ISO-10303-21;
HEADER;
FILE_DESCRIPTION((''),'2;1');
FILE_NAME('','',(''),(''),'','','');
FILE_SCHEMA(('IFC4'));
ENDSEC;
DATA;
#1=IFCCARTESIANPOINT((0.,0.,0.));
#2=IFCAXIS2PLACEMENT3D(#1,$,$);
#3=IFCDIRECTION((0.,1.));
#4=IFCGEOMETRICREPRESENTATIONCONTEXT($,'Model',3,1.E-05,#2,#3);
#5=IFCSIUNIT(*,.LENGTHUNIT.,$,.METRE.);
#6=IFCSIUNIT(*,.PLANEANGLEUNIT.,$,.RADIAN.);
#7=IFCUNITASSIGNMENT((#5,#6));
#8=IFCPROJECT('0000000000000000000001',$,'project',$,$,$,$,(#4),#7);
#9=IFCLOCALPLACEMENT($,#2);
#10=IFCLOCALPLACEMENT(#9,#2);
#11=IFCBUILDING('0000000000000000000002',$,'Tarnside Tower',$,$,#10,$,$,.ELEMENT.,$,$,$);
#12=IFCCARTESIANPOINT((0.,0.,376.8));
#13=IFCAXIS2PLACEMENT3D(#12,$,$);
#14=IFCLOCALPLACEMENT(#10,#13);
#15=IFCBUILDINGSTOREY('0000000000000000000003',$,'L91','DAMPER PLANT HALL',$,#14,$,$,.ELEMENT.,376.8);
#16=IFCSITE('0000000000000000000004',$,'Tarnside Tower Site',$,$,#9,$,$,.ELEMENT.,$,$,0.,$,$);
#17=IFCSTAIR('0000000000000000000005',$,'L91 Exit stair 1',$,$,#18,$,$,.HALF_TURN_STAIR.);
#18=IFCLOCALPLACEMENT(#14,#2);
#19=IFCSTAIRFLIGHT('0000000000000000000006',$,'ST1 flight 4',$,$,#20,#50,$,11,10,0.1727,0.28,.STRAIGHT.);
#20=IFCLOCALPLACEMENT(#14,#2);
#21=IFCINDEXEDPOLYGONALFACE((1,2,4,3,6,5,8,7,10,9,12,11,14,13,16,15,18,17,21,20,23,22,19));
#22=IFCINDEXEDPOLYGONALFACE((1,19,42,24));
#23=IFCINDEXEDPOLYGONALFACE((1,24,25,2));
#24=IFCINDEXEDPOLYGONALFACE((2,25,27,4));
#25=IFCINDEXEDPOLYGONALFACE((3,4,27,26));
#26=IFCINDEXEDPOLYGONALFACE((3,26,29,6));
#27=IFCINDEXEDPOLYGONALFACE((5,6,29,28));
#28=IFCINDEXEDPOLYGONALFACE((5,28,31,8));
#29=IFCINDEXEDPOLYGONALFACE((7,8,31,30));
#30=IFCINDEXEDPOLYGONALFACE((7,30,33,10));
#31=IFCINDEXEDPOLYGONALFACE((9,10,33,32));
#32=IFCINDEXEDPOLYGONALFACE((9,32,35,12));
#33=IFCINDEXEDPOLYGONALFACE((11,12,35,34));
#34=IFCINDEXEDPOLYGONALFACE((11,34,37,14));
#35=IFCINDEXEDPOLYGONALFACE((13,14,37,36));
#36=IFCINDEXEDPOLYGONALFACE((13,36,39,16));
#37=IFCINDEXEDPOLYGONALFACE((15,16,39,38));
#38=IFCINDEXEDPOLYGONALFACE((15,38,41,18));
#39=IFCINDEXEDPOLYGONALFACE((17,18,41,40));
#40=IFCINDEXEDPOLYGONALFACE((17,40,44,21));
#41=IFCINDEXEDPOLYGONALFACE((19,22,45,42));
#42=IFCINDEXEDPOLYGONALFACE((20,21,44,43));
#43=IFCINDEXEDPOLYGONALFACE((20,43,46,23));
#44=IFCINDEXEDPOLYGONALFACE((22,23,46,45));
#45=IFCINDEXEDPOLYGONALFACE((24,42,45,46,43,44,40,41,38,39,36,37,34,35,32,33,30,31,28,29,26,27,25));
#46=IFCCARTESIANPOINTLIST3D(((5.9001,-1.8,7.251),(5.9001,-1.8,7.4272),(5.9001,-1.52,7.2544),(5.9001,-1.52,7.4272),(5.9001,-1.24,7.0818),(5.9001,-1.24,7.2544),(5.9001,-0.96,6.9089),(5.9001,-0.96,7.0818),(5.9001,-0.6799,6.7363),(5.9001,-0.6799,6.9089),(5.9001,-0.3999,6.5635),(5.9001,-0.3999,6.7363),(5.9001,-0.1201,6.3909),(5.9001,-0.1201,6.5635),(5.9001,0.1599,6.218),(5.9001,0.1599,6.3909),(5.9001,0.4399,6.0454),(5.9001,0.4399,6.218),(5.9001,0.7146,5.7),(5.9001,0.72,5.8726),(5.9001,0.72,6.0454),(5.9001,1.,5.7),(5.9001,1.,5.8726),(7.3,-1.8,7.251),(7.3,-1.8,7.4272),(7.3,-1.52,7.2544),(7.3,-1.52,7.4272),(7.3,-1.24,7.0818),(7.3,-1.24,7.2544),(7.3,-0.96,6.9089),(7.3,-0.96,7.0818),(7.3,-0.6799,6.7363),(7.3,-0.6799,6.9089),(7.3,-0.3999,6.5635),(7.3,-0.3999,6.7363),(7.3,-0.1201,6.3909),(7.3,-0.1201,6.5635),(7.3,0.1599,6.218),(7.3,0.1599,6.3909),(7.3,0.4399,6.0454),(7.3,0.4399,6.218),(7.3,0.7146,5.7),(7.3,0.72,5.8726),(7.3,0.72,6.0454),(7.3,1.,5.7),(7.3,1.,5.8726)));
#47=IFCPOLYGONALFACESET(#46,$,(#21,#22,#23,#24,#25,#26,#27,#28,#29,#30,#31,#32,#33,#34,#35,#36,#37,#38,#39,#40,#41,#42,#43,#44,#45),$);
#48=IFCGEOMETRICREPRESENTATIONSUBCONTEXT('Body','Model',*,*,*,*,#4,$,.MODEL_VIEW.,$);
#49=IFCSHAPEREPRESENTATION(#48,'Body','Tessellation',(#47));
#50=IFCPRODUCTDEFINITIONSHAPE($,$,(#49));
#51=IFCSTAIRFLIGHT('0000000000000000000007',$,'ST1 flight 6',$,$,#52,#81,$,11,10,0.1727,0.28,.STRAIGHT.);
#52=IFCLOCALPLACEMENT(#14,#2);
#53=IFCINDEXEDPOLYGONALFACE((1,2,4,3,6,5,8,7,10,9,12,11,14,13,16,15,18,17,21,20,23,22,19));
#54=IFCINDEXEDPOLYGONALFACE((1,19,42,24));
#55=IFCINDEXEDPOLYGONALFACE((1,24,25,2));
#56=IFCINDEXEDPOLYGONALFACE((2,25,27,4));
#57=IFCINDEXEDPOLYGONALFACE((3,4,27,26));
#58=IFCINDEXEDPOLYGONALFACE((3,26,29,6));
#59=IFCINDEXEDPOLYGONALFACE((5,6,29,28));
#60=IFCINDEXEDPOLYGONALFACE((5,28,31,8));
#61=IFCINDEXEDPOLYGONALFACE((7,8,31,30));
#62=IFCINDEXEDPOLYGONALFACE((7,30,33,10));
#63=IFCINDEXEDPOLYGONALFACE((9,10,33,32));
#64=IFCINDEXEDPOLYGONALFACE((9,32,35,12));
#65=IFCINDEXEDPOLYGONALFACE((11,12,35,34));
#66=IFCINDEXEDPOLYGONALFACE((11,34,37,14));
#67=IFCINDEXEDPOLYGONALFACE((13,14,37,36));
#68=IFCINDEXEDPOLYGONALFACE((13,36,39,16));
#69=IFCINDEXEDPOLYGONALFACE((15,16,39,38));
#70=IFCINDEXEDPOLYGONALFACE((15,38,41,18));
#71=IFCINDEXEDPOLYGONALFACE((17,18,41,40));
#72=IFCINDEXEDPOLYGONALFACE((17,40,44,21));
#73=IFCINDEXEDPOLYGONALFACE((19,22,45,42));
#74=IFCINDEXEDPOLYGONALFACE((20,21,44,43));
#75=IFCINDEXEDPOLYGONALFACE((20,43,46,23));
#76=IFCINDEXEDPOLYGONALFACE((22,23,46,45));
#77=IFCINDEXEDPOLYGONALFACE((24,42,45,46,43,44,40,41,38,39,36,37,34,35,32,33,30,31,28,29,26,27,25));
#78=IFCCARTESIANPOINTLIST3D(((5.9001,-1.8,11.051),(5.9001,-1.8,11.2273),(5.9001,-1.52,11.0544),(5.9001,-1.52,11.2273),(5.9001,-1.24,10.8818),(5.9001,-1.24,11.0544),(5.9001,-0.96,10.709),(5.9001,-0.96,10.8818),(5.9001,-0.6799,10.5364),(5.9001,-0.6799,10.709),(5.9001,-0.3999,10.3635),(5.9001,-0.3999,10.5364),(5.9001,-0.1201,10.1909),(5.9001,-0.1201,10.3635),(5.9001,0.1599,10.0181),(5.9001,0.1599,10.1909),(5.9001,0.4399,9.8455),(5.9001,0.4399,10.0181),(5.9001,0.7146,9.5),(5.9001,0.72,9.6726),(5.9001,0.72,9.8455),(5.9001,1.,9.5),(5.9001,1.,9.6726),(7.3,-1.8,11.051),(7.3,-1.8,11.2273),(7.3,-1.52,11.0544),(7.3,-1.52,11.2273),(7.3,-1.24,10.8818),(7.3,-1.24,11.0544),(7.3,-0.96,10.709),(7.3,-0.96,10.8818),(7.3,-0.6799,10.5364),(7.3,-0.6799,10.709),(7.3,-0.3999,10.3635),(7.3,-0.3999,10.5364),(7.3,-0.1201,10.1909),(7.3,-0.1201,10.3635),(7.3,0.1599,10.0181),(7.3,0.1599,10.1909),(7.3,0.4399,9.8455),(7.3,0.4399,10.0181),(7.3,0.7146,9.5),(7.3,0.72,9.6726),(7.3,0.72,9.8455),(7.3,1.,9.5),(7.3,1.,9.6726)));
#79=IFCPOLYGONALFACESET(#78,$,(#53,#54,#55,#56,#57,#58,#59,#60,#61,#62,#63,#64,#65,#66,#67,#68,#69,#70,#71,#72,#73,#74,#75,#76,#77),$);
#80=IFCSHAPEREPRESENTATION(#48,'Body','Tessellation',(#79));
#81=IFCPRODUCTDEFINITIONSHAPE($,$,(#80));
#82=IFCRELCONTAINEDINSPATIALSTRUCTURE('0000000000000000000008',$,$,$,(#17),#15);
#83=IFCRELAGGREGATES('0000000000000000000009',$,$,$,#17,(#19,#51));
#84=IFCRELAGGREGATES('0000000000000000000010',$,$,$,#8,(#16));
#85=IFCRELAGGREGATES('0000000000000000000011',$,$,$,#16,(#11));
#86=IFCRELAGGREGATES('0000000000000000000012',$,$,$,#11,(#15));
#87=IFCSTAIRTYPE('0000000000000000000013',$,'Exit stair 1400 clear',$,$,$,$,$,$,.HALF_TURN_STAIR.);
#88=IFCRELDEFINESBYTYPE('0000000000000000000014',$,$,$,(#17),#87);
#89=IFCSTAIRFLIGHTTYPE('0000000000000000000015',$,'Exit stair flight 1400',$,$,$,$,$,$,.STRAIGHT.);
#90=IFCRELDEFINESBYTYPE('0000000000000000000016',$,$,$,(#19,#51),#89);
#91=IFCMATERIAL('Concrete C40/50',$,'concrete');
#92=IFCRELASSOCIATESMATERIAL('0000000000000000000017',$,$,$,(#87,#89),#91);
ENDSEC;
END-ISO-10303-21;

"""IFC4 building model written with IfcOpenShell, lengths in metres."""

from ifc_helpers import new_model, si_unit, direction, frame, origin, place, context, subcontext, project, spatial, polyline, outline, extrude, material, type_object, element, aggregate, save


model = new_model("IFC4")

# Units and contexts
model_context = context("Model", 3, precision=1e-05, world=origin(), true_north=direction((0.0, 1.0)))
body_context = subcontext(model_context, "Body", "Model", "MODEL_VIEW")
ifc_project = project(units=[si_unit("LENGTHUNIT", "METRE"), si_unit("PLANEANGLEUNIT", "RADIAN")], contexts=[model_context])

# Site, building, storey
site_placement = place(None, origin())
site = spatial("IfcSite", under=ifc_project, at=site_placement, Name="Tarnside Tower Site", CompositionType="ELEMENT", RefElevation=0.0)
building_placement = place(site_placement, origin())
building = spatial("IfcBuilding", under=site, at=building_placement, Name="Tarnside Tower", CompositionType="ELEMENT")
storey_placement = place(building_placement, frame((0.0, 0.0, 376.8)))
storey = spatial("IfcBuildingStorey", under=building, at=storey_placement, Name="L91", Description="DAMPER PLANT HALL", CompositionType="ELEMENT", Elevation=376.8)

# Shared definitions
ifc_material_1 = material(Name="Concrete C40/50", Category="concrete")

# Stair, stair flights
stair_type = type_object("IfcStairType", Name="Exit stair 1400 clear", PredefinedType="HALF_TURN_STAIR", material=ifc_material_1)
stair_placement = place(storey_placement, origin())
stair = element("IfcStair", 1, at=stair_placement, inside=storey, type_object=stair_type, Name="L91 Exit stair 1", PredefinedType="HALF_TURN_STAIR")
stair_flight_type = type_object("IfcStairFlightType", Name="Exit stair flight 1400", PredefinedType="STRAIGHT", material=ifc_material_1)
stair_flight_1_placement = place(storey_placement, frame((6.6001, 1.0, 5.7), z_axis=(0.0, 0.0, 1.0), x_axis=(0.0, -1.0, 0.0)))
stair_flight_1 = element("IfcStairFlight", 2, at=stair_flight_1_placement, type_object=stair_flight_type, Name="ST1 flight 4", NumberOfRisers=11, NumberOfTreads=10, PredefinedType="STRAIGHT", RiserHeight=0.1727, TreadLength=0.28, context=body_context, shape_type="SweptSolid", body=[
    extrude(outline(polyline([(0.0, 0.0), (0.0, 0.1726), (0.28, 0.1726), (0.28, 0.3455), (0.5601, 0.3455), (0.5601, 0.5181), (0.8401, 0.5181), (0.8401, 0.6909), (1.1201, 0.6909), (1.1201, 0.8635), (1.3999, 0.8635), (1.3999, 1.0364), (1.6799, 1.0364), (1.6799, 1.209), (1.96, 1.209), (1.96, 1.3818), (2.24, 1.3818), (2.24, 1.5544), (2.52, 1.5544), (2.52, 1.7273), (2.8, 1.7273), (2.8, 1.8999), (2.8, 1.551), (0.2854, 0.0), (0.0, 0.0)])), frame((0.0, 0.7, 0.0), z_axis=(0.0, -1.0, 0.0), x_axis=(1.0, 0.0, 0.0)), (0.0, 0.0, 1.0), 1.3999),
])
stair_flight_2_placement = place(storey_placement, frame((6.6001, 1.0, 9.5), z_axis=(0.0, 0.0, 1.0), x_axis=(0.0, -1.0, 0.0)))
stair_flight_2 = element("IfcStairFlight", 3, at=stair_flight_2_placement, type_object=stair_flight_type, Name="ST1 flight 6", NumberOfRisers=11, NumberOfTreads=10, PredefinedType="STRAIGHT", RiserHeight=0.1727, TreadLength=0.28, context=body_context, shape_type="SweptSolid", body=[
    extrude(outline(polyline([(0.0, 0.0), (0.0, 0.1726), (0.28, 0.1726), (0.28, 0.3455), (0.5601, 0.3455), (0.5601, 0.5181), (0.8401, 0.5181), (0.8401, 0.6909), (1.1201, 0.6909), (1.1201, 0.8635), (1.3999, 0.8635), (1.3999, 1.0364), (1.6799, 1.0364), (1.6799, 1.209), (1.96, 1.209), (1.96, 1.3818), (2.24, 1.3818), (2.24, 1.5544), (2.52, 1.5544), (2.52, 1.7273), (2.8, 1.7273), (2.8, 1.8999), (2.8, 1.551), (0.2854, 0.0), (0.0, 0.0)])), frame((0.0, 0.7, 0.0), z_axis=(0.0, -1.0, 0.0), x_axis=(1.0, 0.0, 0.0)), (0.0, 0.0, 1.0), 1.3999),
])
aggregate(stair, [stair_flight_1, stair_flight_2])

save(model, "model.ifc")
